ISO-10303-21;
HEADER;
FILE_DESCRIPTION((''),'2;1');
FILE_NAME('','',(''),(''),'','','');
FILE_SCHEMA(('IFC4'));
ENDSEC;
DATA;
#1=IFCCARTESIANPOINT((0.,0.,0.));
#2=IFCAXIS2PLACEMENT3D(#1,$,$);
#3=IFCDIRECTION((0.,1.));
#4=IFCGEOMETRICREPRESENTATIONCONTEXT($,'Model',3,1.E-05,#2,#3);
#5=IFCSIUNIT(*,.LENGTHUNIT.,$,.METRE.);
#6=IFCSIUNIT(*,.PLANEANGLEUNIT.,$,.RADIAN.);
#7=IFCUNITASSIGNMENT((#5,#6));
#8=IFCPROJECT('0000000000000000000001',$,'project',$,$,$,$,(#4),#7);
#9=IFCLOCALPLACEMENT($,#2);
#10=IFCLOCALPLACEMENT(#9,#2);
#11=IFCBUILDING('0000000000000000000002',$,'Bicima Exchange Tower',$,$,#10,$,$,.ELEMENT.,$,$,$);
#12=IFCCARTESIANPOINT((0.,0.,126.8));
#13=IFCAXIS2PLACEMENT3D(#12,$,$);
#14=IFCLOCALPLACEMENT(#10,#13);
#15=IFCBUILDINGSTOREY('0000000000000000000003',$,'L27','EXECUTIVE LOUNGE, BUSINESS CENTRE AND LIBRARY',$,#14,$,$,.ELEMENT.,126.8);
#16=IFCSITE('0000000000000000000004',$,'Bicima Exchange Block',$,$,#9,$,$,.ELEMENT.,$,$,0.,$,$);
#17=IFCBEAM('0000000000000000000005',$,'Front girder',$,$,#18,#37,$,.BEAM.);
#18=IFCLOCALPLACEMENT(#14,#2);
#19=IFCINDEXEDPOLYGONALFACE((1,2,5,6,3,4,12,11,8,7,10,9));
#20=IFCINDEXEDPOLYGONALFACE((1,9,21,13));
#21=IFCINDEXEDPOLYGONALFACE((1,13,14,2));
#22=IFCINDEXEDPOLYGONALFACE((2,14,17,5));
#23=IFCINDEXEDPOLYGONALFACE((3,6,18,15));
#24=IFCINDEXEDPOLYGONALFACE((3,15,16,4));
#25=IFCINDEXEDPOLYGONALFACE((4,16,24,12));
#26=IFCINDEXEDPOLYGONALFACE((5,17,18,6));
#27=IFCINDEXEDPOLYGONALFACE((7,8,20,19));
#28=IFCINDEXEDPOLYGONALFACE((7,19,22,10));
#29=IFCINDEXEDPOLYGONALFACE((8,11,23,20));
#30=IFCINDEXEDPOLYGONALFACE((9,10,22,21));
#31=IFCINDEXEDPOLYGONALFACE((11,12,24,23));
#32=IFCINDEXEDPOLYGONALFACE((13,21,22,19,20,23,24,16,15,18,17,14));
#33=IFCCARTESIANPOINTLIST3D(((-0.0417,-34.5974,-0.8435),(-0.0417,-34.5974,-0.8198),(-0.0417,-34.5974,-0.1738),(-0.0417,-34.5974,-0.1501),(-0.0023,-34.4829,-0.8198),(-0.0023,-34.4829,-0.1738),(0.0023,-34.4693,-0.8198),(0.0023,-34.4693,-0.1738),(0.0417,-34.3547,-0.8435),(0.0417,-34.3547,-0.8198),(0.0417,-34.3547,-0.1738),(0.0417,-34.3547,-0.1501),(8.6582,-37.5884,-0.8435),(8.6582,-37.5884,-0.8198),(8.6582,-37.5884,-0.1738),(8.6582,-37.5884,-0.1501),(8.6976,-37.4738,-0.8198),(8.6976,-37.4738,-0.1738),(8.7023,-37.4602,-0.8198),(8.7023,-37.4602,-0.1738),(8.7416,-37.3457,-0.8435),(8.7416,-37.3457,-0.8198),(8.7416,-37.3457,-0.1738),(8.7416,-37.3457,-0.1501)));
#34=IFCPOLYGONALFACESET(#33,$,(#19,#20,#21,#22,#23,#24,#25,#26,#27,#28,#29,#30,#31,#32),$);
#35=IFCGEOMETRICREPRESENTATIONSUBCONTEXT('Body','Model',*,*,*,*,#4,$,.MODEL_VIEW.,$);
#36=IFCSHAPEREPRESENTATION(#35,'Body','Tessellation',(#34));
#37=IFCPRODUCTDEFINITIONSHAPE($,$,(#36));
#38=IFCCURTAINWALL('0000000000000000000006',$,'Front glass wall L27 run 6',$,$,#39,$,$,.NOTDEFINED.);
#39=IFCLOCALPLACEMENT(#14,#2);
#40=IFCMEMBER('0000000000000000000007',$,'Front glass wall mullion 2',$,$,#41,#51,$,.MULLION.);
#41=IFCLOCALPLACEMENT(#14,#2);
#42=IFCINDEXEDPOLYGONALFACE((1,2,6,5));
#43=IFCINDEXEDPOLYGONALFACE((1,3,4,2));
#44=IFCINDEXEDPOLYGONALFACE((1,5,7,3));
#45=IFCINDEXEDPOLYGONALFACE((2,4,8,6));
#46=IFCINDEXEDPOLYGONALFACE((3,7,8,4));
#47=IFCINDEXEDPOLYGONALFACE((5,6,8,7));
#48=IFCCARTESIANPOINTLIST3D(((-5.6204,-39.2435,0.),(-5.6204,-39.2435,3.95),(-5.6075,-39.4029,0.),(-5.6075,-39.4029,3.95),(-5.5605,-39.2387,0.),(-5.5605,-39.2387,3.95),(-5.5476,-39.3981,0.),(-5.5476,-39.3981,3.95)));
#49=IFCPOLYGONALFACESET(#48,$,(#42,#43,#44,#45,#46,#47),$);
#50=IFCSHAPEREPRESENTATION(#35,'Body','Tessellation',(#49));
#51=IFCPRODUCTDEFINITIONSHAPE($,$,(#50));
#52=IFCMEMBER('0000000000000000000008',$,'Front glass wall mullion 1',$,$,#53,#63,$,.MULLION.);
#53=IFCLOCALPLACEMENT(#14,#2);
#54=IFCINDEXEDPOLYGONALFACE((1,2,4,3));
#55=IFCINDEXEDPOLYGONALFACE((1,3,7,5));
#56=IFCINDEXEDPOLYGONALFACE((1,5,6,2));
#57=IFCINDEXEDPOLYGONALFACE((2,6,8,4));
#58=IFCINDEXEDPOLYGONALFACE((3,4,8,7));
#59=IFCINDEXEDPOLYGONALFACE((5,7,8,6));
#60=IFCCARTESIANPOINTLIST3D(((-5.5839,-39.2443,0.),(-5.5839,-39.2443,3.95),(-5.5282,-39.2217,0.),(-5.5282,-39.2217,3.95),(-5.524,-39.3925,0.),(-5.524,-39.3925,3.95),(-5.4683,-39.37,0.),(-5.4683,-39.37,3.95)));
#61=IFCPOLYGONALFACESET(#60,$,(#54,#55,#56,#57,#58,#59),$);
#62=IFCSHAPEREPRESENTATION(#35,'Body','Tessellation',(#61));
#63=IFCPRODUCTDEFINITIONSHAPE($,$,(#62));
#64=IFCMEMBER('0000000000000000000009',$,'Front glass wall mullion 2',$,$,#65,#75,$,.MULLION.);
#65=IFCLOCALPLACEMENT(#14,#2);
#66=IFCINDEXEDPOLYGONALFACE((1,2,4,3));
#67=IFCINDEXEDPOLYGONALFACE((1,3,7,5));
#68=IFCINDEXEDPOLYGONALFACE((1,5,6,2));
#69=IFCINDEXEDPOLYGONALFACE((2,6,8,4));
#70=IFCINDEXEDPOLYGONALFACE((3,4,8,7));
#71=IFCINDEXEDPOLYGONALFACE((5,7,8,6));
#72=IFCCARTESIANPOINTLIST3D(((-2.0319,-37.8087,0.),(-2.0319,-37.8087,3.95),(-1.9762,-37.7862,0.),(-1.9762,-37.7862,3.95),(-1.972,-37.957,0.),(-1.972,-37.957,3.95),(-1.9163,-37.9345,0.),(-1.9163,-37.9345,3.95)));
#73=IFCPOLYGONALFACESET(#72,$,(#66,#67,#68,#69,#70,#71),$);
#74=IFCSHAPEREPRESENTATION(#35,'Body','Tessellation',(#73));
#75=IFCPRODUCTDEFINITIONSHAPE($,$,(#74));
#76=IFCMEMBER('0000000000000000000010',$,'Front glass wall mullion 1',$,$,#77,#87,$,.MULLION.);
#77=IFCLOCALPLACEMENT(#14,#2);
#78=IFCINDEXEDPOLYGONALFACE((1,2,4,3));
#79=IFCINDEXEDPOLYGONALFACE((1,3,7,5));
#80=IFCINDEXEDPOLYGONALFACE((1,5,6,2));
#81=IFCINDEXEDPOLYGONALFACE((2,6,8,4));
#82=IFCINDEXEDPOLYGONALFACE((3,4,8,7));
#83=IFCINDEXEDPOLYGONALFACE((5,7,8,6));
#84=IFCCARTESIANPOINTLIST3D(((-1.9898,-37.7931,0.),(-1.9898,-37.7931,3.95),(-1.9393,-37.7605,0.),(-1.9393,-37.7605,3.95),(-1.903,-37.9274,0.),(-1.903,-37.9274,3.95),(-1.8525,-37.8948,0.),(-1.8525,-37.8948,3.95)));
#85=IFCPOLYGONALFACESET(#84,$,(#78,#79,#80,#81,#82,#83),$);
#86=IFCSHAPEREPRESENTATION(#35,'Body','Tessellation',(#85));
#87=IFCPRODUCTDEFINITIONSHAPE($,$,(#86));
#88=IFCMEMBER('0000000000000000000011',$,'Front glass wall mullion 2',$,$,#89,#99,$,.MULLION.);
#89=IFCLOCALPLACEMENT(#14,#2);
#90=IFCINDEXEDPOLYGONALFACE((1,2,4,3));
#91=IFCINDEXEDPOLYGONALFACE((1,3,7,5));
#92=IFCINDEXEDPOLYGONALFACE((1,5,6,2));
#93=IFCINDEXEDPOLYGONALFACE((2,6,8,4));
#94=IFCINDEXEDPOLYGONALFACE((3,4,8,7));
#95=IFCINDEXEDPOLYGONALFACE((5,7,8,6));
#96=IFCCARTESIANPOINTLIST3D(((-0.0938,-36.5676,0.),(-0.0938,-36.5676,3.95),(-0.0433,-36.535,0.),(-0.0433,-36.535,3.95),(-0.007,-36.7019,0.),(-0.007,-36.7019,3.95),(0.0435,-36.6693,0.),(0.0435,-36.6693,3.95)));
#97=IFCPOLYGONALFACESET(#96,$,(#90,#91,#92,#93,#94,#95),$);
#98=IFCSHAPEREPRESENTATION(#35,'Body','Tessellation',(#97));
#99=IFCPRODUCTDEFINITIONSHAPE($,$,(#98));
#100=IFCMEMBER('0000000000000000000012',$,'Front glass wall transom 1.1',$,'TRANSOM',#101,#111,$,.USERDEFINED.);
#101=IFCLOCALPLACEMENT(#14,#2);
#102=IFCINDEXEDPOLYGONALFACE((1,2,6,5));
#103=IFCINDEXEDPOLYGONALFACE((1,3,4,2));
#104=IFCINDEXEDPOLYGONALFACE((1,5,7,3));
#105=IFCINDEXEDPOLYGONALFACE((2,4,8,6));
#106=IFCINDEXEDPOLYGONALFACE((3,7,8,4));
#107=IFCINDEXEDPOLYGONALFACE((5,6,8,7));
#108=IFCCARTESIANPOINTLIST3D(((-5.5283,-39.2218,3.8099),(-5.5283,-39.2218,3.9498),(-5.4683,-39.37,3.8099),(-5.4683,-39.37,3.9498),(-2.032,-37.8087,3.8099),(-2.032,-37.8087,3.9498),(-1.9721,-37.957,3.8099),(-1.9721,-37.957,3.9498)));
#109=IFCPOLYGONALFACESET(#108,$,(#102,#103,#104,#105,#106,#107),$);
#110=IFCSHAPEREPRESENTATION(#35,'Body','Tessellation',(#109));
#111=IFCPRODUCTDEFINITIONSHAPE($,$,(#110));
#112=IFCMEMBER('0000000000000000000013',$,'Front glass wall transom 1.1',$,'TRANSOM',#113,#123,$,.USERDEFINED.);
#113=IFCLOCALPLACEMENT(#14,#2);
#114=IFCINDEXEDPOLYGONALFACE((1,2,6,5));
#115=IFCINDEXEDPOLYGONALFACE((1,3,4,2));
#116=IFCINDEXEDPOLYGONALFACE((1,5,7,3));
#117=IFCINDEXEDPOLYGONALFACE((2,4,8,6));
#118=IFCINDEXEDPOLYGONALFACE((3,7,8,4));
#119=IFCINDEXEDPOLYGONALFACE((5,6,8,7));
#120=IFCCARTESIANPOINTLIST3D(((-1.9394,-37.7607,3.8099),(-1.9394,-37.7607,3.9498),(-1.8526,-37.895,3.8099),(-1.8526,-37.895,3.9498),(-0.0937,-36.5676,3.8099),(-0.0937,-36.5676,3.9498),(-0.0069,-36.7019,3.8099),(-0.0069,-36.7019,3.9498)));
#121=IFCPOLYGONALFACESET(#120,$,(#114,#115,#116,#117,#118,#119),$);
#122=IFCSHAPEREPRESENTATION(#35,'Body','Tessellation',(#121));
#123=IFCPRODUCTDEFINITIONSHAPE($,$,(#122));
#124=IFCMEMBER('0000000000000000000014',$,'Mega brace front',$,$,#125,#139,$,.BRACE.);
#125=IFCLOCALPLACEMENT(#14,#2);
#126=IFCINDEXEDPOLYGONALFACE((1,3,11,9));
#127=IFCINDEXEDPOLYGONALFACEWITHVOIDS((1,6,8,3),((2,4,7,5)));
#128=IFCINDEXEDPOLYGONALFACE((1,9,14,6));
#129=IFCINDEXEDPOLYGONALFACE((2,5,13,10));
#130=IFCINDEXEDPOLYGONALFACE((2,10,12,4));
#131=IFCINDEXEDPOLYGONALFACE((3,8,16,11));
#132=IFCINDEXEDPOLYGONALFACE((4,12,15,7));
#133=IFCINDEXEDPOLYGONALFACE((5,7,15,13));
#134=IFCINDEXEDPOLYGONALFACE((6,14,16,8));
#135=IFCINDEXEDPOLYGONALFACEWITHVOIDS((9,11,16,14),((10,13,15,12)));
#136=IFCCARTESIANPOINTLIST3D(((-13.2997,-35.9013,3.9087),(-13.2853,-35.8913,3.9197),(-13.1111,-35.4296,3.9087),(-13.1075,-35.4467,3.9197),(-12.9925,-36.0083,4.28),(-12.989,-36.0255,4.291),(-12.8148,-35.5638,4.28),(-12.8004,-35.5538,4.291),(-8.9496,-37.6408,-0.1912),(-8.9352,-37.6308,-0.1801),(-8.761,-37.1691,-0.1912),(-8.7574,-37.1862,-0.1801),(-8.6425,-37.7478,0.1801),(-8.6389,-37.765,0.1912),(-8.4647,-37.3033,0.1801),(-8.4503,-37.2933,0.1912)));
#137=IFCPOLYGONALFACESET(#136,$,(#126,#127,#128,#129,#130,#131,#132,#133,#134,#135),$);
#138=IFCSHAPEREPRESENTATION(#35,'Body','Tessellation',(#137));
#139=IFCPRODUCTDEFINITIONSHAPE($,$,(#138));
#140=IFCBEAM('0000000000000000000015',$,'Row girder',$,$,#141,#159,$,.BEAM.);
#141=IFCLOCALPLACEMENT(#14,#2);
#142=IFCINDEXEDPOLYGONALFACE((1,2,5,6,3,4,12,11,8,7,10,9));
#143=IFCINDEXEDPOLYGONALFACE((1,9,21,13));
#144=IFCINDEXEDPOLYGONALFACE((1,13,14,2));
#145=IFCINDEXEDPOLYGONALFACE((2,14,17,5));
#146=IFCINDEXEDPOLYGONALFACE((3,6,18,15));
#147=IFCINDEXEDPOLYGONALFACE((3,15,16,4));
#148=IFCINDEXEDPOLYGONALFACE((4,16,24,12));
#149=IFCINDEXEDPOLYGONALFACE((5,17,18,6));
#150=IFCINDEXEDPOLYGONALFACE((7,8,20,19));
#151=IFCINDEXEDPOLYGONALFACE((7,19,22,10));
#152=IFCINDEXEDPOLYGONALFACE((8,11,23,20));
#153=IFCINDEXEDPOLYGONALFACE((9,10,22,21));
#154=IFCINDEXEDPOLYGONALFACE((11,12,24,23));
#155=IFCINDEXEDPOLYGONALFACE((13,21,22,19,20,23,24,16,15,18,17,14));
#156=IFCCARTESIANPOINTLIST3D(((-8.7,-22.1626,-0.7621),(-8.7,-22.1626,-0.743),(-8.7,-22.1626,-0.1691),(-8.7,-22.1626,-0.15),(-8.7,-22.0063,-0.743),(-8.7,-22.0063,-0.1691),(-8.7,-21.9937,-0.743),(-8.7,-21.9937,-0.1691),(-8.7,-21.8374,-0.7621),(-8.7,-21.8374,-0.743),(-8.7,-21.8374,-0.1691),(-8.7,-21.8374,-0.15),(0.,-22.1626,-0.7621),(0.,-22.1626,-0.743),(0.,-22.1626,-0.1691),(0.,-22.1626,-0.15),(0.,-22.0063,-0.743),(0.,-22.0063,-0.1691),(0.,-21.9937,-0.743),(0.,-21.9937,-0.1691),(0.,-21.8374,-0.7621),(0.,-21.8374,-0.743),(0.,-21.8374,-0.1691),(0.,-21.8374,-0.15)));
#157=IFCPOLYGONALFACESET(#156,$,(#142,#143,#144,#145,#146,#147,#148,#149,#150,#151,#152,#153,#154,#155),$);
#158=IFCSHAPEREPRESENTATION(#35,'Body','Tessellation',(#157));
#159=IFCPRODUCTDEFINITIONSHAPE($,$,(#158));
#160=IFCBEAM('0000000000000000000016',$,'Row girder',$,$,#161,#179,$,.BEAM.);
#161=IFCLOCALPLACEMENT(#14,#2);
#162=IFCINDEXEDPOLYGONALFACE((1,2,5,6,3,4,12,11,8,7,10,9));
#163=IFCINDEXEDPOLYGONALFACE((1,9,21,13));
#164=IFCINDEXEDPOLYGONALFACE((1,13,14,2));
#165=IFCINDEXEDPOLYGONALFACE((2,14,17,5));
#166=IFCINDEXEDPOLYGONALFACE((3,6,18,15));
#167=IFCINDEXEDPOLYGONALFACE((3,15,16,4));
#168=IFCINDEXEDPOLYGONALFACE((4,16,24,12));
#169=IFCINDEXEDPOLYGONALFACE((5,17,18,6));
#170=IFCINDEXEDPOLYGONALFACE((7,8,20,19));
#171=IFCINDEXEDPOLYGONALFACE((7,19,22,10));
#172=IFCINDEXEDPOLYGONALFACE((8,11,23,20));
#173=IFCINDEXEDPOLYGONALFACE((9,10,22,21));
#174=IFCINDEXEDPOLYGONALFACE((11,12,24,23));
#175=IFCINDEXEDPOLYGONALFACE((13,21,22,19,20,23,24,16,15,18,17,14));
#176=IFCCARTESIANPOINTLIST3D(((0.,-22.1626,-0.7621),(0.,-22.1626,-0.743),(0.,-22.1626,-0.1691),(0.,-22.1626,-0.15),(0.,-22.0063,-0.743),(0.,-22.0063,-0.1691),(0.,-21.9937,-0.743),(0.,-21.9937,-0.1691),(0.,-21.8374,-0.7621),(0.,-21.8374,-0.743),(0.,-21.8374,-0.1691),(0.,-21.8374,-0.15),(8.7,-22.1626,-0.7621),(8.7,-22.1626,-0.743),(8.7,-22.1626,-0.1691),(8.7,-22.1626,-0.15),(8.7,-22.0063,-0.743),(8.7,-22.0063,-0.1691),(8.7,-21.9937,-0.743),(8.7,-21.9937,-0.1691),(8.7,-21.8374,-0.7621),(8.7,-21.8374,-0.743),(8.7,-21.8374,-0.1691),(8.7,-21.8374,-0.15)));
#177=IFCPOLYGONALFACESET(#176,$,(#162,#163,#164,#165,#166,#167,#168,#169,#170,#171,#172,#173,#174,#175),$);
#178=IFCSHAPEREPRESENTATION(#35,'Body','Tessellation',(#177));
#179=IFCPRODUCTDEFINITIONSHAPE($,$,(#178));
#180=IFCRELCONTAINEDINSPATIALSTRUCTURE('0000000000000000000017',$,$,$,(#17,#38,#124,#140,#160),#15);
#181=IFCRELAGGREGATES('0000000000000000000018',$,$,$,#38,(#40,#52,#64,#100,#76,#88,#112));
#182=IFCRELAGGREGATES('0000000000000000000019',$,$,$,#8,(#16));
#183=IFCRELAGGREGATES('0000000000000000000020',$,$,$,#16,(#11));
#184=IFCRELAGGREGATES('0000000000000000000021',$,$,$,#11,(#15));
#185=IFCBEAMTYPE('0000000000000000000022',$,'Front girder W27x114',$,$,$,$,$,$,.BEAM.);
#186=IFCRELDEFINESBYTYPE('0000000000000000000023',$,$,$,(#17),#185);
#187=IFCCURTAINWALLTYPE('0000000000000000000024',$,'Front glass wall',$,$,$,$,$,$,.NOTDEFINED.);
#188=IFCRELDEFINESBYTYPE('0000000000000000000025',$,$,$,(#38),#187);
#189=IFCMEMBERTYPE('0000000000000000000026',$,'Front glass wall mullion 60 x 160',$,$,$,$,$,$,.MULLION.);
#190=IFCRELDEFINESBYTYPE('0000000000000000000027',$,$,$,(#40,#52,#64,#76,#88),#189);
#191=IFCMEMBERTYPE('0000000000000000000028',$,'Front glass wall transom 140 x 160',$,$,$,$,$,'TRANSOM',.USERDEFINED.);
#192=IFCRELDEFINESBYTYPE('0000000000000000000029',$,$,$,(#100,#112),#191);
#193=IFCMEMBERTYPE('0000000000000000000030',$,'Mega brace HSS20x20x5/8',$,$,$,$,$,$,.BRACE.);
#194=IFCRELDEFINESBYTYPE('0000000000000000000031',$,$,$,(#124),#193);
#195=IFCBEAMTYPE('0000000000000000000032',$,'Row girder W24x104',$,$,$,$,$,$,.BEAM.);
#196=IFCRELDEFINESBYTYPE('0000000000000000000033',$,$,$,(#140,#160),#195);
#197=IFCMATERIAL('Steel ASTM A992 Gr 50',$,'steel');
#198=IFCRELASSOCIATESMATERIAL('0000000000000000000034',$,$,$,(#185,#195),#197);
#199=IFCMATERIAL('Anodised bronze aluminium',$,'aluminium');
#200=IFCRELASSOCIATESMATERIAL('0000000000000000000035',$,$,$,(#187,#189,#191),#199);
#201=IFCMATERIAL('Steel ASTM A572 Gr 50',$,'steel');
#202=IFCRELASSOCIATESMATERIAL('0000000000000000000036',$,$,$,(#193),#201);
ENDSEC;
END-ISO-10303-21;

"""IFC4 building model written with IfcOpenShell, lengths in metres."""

from ifc_helpers import new_model, si_unit, direction, frame, origin, origin_2d, place, context, subcontext, project, spatial, rectangle, hollow_rectangle, i_section, extrude, material, material_profile, profile_set, type_object, element, aggregate, save


model = new_model("IFC4")

# Units and contexts
model_context = context("Model", 3, precision=1e-05, world=origin(), true_north=direction((0.0, 1.0)))
body_context = subcontext(model_context, "Body", "Model", "MODEL_VIEW")
ifc_project = project(units=[si_unit("LENGTHUNIT", "METRE"), si_unit("PLANEANGLEUNIT", "RADIAN")], contexts=[model_context])

# Site, building, storey
site_placement = place(None, origin())
site = spatial("IfcSite", under=ifc_project, at=site_placement, Name="Bicima Exchange Block", CompositionType="ELEMENT", RefElevation=0.0)
building_placement = place(site_placement, origin())
building = spatial("IfcBuilding", under=site, at=building_placement, Name="Bicima Exchange Tower", CompositionType="ELEMENT")
storey_placement = place(building_placement, frame((0.0, 0.0, 126.8)))
storey = spatial("IfcBuildingStorey", under=building, at=storey_placement, Name="L27", Description="EXECUTIVE LOUNGE, BUSINESS CENTRE AND LIBRARY", CompositionType="ELEMENT", Elevation=126.8)

# Shared definitions
ifc_material_1 = material(Name="Steel ASTM A992 Gr 50", Category="steel")

# Beam
ifc_material_profile_1 = material_profile(ifc_material_1, i_section(OverallWidth=0.2566, OverallDepth=0.6934, WebThickness=0.0144, FlangeThickness=0.0237, at=origin_2d()))
ifc_profile_set_1 = profile_set([ifc_material_profile_1], Name="Steel ASTM A992 Gr 50")
beam_type_1 = type_object("IfcBeamType", Name="Front girder W27x114", PredefinedType="BEAM", material=ifc_profile_set_1)
for number, where, z_axis, x_axis, name in (
    (1, (0.0, -34.4761, -0.4968), (0.945675, -0.325115, 0.0), (0.325115, 0.945675, 0.0), "Front girder"),
):
    element("IfcBeam", number, at=place(storey_placement, frame(where, z_axis=z_axis, x_axis=x_axis)), inside=storey, type_object=beam_type_1, Name=name, PredefinedType="BEAM", context=body_context, shape_type="SweptSolid", body=[
        extrude(i_section(OverallWidth=0.2566, OverallDepth=0.6934, WebThickness=0.0144, FlangeThickness=0.0237, at=origin_2d()), origin(), (0.0, 0.0, 1.0), 9.1997),
    ])

# Curtain wall, members
ifc_material_2 = material(Name="Anodised bronze aluminium", Category="aluminium")
curtain_wall_type = type_object("IfcCurtainWallType", Name="Front glass wall", PredefinedType="NOTDEFINED", material=ifc_material_2)
curtain_wall_placement = place(storey_placement, origin())
curtain_wall = element("IfcCurtainWall", 2, at=curtain_wall_placement, inside=storey, type_object=curtain_wall_type, Name="Front glass wall L27 run 6", PredefinedType="NOTDEFINED")
ifc_material_profile_2 = material_profile(ifc_material_2, rectangle(XDim=0.1599, YDim=0.0601, at=origin_2d()))
ifc_profile_set_2 = profile_set([ifc_material_profile_2], Name="Anodised bronze aluminium")
member_type_1 = type_object("IfcMemberType", Name="Front glass wall mullion 60 x 160", PredefinedType="MULLION", material=ifc_profile_set_2)
member_1_placement = place(storey_placement, frame((-5.584, -39.3208, 0.0), z_axis=(0.0, 0.0, 1.0), x_axis=(-0.080589, 0.996747, 0.0)))
member_1 = element("IfcMember", 3, at=member_1_placement, type_object=member_type_1, Name="Front glass wall mullion 2", PredefinedType="MULLION", context=body_context, shape_type="SweptSolid", body=[
    extrude(rectangle(XDim=0.1599, YDim=0.0601, at=origin_2d()), origin(), (0.0, 0.0, 1.0), 3.95),
])
member_2_placement = place(storey_placement, frame((-5.5261, -39.3071, 0.0), z_axis=(0.0, 0.0, 1.0), x_axis=(-0.374705, 0.927144, 0.0)))
member_2 = element("IfcMember", 4, at=member_2_placement, type_object=member_type_1, Name="Front glass wall mullion 1", PredefinedType="MULLION", context=body_context, shape_type="SweptSolid", body=[
    extrude(rectangle(XDim=0.1599, YDim=0.0601, at=origin_2d()), origin(), (0.0, 0.0, 1.0), 3.95),
])
member_3_placement = place(storey_placement, frame((-1.9741, -37.8716, 0.0), z_axis=(0.0, 0.0, 1.0), x_axis=(-0.374705, 0.927144, 0.0)))
member_3 = element("IfcMember", 5, at=member_3_placement, type_object=member_type_1, Name="Front glass wall mullion 2", PredefinedType="MULLION", context=body_context, shape_type="SweptSolid", body=[
    extrude(rectangle(XDim=0.1599, YDim=0.0601, at=origin_2d()), origin(), (0.0, 0.0, 1.0), 3.95),
])
member_4_placement = place(storey_placement, frame((-1.9211, -37.844, 0.0), z_axis=(0.0, 0.0, 1.0), x_axis=(-0.542897, 0.839799, 0.0)))
member_4 = element("IfcMember", 6, at=member_4_placement, type_object=member_type_1, Name="Front glass wall mullion 1", PredefinedType="MULLION", context=body_context, shape_type="SweptSolid", body=[
    extrude(rectangle(XDim=0.1599, YDim=0.0601, at=origin_2d()), origin(), (0.0, 0.0, 1.0), 3.95),
])
member_5_placement = place(storey_placement, frame((-0.0251, -36.6184, 0.0), z_axis=(0.0, 0.0, 1.0), x_axis=(-0.542897, 0.839799, 0.0)))
member_5 = element("IfcMember", 7, at=member_5_placement, type_object=member_type_1, Name="Front glass wall mullion 2", PredefinedType="MULLION", context=body_context, shape_type="SweptSolid", body=[
    extrude(rectangle(XDim=0.1599, YDim=0.0601, at=origin_2d()), origin(), (0.0, 0.0, 1.0), 3.95),
])
ifc_material_profile_3 = material_profile(ifc_material_2, rectangle(XDim=0.1599, YDim=0.1399, at=origin_2d()))
ifc_profile_set_3 = profile_set([ifc_material_profile_3], Name="Anodised bronze aluminium")
member_type_2 = type_object("IfcMemberType", Name="Front glass wall transom 140 x 160", ElementType="TRANSOM", PredefinedType="USERDEFINED", material=ifc_profile_set_3)
member_6_placement = place(storey_placement, frame((-5.4983, -39.2959, 3.8799), z_axis=(0.92714, 0.374715, 0.0), x_axis=(-0.374715, 0.92714, 0.0)))
member_6 = element("IfcMember", 8, at=member_6_placement, type_object=member_type_2, Name="Front glass wall transom 1.1", ObjectType="TRANSOM", PredefinedType="USERDEFINED", context=body_context, shape_type="SweptSolid", body=[
    extrude(rectangle(XDim=0.1599, YDim=0.1399, at=origin_2d()), origin(), (0.0, 0.0, 1.0), 3.771),
])
member_7_placement = place(storey_placement, frame((-1.896, -37.8279, 3.8799), z_axis=(0.839811, 0.542878, 0.0), x_axis=(-0.542878, 0.839811, 0.0)))
member_7 = element("IfcMember", 9, at=member_7_placement, type_object=member_type_2, Name="Front glass wall transom 1.1", ObjectType="TRANSOM", PredefinedType="USERDEFINED", context=body_context, shape_type="SweptSolid", body=[
    extrude(rectangle(XDim=0.1599, YDim=0.1399, at=origin_2d()), origin(), (0.0, 0.0, 1.0), 2.1978),
])

# Member
ifc_material_3 = material(Name="Steel ASTM A572 Gr 50", Category="steel")
ifc_material_profile_4 = material_profile(ifc_material_3, hollow_rectangle(XDim=0.5081, YDim=0.5081, WallThickness=0.0146, at=origin_2d()))
ifc_profile_set_4 = profile_set([ifc_material_profile_4], Name="Steel ASTM A572 Gr 50")
member_type_3 = type_object("IfcMemberType", Name="Mega brace HSS20x20x5/8", PredefinedType="BRACE", material=ifc_profile_set_4)
member_8_placement = place(storey_placement, frame((-8.7, -37.467, 0.0), z_axis=(-0.698744, 0.279411, 0.658548), x_axis=(-0.371292, -0.928516, 0.0)))
element("IfcMember", 10, at=member_8_placement, inside=storey, type_object=member_type_3, Name="Mega brace front", PredefinedType="BRACE", context=body_context, shape_type="SweptSolid", body=[
    extrude(hollow_rectangle(XDim=0.5081, YDim=0.5081, WallThickness=0.0146, at=origin_2d()), origin(), (0.0, 0.0, 1.0), 6.2256),
])

# Beams
ifc_material_profile_5 = material_profile(ifc_material_1, i_section(OverallWidth=0.3252, OverallDepth=0.6121, WebThickness=0.0127, FlangeThickness=0.019, at=origin_2d()))
ifc_profile_set_5 = profile_set([ifc_material_profile_5], Name="Steel ASTM A992 Gr 50")
beam_type_2 = type_object("IfcBeamType", Name="Row girder W24x104", PredefinedType="BEAM", material=ifc_profile_set_5)
for number, where, z_axis, x_axis, name in (
    (11, (-8.7, -22.0, -0.4561), (1.0, 0.0, 0.0), (0.0, 1.0, 0.0), "Row girder"),
    (12, (0.0, -22.0, -0.4561), (1.0, 0.0, 0.0), (0.0, 1.0, 0.0), "Row girder"),
):
    element("IfcBeam", number, at=place(storey_placement, frame(where, z_axis=z_axis, x_axis=x_axis)), inside=storey, type_object=beam_type_2, Name=name, PredefinedType="BEAM", context=body_context, shape_type="SweptSolid", body=[
        extrude(i_section(OverallWidth=0.3252, OverallDepth=0.6121, WebThickness=0.0127, FlangeThickness=0.019, at=origin_2d()), origin(), (0.0, 0.0, 1.0), 8.7),
    ])

aggregate(curtain_wall, [member_1, member_2, member_3, member_6, member_4, member_5, member_7])

save(model, "model.ifc")
